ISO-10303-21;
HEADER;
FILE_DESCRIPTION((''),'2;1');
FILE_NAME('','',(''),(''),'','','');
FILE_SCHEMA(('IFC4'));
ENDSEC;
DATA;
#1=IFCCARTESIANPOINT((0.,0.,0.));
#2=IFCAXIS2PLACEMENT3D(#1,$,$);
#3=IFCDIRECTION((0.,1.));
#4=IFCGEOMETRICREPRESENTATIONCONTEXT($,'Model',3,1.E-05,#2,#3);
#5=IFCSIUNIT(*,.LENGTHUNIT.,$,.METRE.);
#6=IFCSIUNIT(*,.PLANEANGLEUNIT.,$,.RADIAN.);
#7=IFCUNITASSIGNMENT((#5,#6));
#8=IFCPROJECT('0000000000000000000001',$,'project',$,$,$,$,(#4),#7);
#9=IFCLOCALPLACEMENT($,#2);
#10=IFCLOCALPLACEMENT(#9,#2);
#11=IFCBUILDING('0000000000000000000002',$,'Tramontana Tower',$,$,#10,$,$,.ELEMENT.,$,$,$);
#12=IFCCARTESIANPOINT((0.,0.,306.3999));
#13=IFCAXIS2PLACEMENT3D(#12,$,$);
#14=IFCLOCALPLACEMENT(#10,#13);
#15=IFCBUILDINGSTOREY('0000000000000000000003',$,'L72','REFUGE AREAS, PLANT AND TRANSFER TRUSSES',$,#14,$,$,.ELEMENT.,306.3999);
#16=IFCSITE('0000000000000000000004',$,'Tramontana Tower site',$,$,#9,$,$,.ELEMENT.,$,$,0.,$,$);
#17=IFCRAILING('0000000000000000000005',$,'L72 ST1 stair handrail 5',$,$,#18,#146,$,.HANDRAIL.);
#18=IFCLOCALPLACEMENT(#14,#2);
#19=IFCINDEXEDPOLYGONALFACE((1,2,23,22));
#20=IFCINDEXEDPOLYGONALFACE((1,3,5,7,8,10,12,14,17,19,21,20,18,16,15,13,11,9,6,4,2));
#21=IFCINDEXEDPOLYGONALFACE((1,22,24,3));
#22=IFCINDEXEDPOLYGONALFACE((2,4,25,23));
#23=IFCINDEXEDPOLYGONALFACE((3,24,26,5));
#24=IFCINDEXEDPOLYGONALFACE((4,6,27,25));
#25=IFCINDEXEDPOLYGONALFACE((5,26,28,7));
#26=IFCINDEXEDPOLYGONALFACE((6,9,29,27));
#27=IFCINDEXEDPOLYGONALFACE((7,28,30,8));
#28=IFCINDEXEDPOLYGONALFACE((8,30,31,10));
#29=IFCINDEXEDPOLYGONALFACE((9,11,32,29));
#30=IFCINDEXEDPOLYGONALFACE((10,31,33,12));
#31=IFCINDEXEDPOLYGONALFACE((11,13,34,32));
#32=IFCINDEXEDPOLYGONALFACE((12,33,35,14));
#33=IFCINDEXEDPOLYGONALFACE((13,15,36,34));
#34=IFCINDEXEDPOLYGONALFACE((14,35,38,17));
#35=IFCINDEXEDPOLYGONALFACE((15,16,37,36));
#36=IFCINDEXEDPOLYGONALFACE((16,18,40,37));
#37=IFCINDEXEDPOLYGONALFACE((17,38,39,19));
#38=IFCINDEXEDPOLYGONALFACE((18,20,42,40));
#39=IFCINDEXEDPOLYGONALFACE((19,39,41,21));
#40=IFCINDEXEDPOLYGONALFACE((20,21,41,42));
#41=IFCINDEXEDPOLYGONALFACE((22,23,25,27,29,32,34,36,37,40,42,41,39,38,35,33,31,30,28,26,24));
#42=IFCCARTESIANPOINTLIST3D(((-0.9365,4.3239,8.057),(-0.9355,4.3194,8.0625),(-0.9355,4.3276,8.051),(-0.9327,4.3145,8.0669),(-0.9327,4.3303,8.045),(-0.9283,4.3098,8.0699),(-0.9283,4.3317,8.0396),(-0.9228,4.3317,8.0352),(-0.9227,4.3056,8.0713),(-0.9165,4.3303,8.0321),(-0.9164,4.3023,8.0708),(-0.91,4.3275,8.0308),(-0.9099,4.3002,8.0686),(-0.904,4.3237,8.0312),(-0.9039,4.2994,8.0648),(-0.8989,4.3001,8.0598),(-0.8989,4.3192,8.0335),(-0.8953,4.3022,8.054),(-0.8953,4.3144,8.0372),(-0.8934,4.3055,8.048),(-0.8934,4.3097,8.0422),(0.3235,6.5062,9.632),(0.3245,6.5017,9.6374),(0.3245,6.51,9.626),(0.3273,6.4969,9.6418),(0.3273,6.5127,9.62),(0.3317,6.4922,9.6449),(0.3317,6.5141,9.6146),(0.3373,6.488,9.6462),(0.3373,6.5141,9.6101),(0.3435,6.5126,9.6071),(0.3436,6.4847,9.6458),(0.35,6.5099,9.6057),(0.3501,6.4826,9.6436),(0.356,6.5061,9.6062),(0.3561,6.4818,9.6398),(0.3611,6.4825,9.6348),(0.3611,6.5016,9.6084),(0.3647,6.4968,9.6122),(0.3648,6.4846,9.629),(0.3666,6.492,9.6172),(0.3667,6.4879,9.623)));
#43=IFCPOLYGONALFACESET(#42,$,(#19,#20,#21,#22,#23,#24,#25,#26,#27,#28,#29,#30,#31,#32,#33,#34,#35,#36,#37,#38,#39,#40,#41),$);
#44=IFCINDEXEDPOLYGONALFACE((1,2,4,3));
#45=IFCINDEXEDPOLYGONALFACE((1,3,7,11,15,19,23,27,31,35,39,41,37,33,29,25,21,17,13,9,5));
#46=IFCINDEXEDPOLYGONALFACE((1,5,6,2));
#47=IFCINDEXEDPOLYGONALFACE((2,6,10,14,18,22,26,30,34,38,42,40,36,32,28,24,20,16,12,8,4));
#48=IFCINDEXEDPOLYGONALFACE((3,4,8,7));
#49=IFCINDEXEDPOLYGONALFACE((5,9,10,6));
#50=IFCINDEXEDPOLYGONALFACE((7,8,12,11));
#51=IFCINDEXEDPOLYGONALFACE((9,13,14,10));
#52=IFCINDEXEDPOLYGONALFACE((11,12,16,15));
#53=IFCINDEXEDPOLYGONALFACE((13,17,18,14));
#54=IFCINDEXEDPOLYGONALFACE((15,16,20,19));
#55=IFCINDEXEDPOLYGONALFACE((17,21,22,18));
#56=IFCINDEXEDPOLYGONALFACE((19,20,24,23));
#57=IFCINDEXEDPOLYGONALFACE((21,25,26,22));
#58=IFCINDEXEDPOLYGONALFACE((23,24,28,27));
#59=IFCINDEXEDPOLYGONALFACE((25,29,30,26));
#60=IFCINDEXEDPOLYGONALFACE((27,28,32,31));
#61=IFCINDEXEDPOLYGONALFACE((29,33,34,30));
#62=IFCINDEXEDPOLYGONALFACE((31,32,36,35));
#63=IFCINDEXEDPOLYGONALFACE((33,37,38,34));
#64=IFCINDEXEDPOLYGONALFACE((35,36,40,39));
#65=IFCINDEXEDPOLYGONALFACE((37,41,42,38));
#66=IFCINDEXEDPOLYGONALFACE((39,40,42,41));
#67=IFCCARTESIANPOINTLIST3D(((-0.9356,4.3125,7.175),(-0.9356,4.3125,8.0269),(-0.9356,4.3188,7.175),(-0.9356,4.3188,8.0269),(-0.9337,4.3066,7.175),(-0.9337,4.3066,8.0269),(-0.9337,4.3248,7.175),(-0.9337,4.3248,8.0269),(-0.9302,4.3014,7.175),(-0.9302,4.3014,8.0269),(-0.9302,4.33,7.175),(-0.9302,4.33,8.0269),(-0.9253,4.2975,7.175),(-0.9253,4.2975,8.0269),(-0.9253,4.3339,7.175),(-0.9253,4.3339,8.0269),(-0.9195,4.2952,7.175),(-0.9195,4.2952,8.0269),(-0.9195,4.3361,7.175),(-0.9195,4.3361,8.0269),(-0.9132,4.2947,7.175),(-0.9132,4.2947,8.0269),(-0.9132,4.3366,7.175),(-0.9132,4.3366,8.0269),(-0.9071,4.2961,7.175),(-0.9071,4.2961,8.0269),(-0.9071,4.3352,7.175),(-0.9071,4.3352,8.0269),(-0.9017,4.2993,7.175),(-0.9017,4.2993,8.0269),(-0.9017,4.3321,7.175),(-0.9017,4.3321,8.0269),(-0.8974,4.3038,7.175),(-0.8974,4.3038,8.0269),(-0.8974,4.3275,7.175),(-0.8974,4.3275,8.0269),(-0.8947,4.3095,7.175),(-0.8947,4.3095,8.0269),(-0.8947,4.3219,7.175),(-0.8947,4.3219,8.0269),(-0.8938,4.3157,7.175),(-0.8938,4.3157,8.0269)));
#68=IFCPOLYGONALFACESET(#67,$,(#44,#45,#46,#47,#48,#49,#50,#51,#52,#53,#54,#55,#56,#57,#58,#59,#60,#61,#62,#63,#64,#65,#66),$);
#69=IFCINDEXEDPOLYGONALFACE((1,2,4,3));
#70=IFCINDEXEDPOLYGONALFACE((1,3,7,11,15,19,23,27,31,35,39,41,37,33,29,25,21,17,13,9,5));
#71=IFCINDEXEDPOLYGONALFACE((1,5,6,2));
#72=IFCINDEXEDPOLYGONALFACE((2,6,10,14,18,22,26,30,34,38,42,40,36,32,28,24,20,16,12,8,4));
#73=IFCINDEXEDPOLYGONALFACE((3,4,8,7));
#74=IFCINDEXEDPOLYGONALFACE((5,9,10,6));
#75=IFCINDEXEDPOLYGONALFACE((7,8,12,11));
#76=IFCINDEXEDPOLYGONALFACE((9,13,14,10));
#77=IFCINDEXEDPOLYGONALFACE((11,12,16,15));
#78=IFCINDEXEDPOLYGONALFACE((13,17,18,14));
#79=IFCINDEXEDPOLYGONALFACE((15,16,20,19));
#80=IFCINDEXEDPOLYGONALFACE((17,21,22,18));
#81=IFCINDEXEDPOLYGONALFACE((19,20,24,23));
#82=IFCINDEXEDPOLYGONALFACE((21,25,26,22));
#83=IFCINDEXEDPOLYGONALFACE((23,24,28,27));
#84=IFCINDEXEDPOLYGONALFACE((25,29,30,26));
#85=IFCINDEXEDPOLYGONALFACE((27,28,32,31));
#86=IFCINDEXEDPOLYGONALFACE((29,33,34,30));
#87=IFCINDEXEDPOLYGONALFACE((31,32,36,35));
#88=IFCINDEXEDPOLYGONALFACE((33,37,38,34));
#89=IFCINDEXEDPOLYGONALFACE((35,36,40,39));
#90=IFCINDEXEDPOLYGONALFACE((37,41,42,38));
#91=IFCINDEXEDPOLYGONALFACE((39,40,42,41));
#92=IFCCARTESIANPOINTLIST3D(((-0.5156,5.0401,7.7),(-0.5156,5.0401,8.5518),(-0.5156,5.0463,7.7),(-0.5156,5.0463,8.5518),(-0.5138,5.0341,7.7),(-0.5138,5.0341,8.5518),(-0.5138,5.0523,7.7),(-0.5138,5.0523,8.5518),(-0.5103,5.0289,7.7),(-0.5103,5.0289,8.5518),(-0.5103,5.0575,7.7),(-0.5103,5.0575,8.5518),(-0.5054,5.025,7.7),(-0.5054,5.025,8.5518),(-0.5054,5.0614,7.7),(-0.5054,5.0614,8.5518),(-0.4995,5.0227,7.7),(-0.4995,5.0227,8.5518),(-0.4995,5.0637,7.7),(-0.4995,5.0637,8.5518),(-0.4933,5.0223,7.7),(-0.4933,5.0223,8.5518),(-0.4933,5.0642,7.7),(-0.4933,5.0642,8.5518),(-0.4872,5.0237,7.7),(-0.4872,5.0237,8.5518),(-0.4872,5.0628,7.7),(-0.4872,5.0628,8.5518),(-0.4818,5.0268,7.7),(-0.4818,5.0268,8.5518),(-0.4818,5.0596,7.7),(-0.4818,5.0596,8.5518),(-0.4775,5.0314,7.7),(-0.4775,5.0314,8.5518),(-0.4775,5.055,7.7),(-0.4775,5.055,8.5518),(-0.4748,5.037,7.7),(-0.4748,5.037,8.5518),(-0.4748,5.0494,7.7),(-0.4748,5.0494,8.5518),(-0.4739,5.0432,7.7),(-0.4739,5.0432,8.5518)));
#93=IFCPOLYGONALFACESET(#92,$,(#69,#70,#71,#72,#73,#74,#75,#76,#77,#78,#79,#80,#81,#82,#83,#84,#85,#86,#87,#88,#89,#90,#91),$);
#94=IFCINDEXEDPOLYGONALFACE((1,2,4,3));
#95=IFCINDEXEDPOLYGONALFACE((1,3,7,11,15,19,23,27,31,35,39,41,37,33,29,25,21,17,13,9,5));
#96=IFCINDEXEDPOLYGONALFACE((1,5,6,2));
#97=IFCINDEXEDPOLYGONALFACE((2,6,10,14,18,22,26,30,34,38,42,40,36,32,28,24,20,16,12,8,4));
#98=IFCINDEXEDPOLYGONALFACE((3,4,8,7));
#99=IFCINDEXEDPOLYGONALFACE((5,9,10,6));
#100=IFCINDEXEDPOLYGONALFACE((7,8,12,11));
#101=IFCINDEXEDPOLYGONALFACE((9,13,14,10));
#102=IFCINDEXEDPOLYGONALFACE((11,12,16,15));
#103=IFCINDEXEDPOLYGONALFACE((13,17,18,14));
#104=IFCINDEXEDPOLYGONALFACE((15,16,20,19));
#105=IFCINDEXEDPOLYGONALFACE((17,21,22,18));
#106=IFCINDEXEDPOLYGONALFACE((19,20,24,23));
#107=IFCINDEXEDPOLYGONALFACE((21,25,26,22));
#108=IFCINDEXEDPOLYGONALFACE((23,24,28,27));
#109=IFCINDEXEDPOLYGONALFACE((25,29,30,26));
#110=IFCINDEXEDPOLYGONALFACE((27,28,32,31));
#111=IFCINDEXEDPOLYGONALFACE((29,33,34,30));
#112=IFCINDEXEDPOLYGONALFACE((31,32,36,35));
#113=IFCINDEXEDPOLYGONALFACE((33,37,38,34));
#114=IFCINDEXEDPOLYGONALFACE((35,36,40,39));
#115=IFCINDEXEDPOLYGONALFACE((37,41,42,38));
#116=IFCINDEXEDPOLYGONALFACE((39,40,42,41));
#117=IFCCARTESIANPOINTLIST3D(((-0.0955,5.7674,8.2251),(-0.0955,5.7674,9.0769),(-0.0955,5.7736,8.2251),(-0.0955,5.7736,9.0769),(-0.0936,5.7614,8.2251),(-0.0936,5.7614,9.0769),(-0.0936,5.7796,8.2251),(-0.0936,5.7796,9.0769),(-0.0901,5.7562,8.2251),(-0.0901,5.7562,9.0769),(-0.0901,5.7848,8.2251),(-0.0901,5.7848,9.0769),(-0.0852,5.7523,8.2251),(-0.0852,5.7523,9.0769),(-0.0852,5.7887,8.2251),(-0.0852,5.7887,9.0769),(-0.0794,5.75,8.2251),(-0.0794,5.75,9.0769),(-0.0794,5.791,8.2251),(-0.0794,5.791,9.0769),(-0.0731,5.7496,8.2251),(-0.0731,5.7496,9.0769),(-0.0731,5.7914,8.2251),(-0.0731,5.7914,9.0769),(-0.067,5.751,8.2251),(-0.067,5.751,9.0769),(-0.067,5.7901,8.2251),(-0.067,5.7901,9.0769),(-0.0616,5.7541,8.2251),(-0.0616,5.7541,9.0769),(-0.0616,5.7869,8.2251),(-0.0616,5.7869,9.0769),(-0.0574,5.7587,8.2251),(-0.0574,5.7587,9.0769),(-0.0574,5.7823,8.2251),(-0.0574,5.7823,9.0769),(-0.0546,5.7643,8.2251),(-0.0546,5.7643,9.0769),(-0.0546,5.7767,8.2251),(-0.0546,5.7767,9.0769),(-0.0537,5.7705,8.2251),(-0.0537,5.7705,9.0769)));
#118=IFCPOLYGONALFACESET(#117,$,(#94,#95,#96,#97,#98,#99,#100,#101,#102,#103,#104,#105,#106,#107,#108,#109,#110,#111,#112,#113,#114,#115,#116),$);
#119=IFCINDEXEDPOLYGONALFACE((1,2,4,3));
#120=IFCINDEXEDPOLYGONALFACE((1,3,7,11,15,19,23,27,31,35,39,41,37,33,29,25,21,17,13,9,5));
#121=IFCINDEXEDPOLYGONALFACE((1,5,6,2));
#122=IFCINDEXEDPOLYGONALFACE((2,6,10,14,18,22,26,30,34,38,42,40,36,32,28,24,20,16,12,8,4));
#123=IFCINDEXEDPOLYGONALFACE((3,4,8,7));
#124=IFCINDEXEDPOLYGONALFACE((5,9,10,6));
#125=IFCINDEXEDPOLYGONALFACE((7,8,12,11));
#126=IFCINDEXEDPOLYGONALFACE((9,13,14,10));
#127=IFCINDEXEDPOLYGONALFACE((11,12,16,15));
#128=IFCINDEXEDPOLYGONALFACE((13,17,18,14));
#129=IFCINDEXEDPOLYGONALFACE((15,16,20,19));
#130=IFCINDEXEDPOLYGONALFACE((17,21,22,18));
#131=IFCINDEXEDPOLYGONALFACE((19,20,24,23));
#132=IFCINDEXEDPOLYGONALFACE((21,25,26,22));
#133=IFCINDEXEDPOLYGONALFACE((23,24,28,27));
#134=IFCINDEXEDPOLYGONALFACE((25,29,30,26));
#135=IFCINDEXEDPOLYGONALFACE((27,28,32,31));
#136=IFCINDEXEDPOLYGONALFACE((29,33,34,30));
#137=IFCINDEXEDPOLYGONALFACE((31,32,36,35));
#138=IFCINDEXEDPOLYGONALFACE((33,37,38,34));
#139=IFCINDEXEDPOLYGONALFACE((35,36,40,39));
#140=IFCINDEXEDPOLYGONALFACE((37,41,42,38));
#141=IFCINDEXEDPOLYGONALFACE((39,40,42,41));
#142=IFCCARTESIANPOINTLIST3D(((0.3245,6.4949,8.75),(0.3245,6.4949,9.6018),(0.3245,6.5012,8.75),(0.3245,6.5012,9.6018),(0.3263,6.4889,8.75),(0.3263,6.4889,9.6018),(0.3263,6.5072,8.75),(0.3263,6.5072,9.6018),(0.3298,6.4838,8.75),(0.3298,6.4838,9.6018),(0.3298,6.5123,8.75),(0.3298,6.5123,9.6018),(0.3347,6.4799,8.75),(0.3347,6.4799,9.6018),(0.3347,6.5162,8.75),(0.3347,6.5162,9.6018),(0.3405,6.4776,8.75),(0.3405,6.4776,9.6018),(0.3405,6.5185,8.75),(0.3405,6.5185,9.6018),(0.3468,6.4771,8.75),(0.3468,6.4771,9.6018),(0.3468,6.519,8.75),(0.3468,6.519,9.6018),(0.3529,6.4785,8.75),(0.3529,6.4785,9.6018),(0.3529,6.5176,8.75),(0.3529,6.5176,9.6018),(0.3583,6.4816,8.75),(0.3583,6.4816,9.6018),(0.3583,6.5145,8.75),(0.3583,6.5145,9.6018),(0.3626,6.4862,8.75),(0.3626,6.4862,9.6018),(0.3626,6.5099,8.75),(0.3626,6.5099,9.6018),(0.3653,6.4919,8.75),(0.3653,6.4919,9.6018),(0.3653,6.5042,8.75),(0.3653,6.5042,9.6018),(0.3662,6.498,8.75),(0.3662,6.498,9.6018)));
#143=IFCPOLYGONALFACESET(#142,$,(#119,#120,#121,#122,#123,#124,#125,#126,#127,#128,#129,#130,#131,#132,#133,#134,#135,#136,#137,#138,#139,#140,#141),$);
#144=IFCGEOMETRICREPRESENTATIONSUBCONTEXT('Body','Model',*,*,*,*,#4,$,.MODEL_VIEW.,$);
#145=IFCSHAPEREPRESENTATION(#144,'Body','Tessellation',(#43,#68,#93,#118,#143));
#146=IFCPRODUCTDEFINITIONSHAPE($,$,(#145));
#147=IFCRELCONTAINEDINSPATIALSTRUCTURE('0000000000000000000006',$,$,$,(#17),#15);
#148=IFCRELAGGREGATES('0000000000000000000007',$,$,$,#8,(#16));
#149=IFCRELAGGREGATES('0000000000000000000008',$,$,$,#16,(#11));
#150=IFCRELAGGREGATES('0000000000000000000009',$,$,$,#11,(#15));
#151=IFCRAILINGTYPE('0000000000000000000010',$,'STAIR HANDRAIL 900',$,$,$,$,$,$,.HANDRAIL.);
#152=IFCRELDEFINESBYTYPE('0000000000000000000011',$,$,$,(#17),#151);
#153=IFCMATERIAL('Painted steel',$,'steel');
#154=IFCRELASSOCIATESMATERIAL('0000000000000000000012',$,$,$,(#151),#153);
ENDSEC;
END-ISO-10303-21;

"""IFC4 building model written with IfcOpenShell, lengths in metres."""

from ifc_helpers import new_model, si_unit, direction, frame, origin, origin_2d, place, context, subcontext, project, spatial, circle, extrude, material, type_object, element, save


model = new_model("IFC4")

# Units and contexts
model_context = context("Model", 3, precision=1e-05, world=origin(), true_north=direction((0.0, 1.0)))
body_context = subcontext(model_context, "Body", "Model", "MODEL_VIEW")
ifc_project = project(units=[si_unit("LENGTHUNIT", "METRE"), si_unit("PLANEANGLEUNIT", "RADIAN")], contexts=[model_context])

# Site, building, storey
site_placement = place(None, origin())
site = spatial("IfcSite", under=ifc_project, at=site_placement, Name="Tramontana Tower site", CompositionType="ELEMENT", RefElevation=0.0)
building_placement = place(site_placement, origin())
building = spatial("IfcBuilding", under=site, at=building_placement, Name="Tramontana Tower", CompositionType="ELEMENT")
storey_placement = place(building_placement, frame((0.0, 0.0, 306.3999)))
storey = spatial("IfcBuildingStorey", under=building, at=storey_placement, Name="L72", Description="REFUGE AREAS, PLANT AND TRANSFER TRUSSES", CompositionType="ELEMENT", Elevation=306.3999)

# Railing
ifc_material_1 = material(Name="Painted steel", Category="steel")
railing_type_1 = type_object("IfcRailingType", Name="STAIR HANDRAIL 900", PredefinedType="HANDRAIL", material=ifc_material_1)
railing_1_placement = place(storey_placement, frame((-0.9148, 4.3157, 7.175)))
element("IfcRailing", 1, at=railing_1_placement, inside=storey, type_object=railing_type_1, Name="L72 ST1 stair handrail 5", PredefinedType="HANDRAIL", context=body_context, shape_type="SweptSolid", body=[
    extrude(circle(Radius=0.0239, at=origin_2d()), frame((0.0, 0.0, 0.876), z_axis=(0.424007, 0.734392, 0.529988), x_axis=(-0.866023, 0.500005, 0.0)), (0.0, 0.0, 1.0), 2.9717),
    extrude(circle(Radius=0.021, at=origin_2d()), origin(), (0.0, 0.0, 1.0), 0.8518),
    extrude(circle(Radius=0.021, at=origin_2d()), frame((0.4199, 0.7275, 0.5249)), (0.0, 0.0, 1.0), 0.8518),
    extrude(circle(Radius=0.021, at=origin_2d()), frame((0.8401, 1.4548, 1.05)), (0.0, 0.0, 1.0), 0.8518),
    extrude(circle(Radius=0.021, at=origin_2d()), frame((1.26, 2.1824, 1.575)), (0.0, 0.0, 1.0), 0.8518),
])

save(model, "model.ifc")
